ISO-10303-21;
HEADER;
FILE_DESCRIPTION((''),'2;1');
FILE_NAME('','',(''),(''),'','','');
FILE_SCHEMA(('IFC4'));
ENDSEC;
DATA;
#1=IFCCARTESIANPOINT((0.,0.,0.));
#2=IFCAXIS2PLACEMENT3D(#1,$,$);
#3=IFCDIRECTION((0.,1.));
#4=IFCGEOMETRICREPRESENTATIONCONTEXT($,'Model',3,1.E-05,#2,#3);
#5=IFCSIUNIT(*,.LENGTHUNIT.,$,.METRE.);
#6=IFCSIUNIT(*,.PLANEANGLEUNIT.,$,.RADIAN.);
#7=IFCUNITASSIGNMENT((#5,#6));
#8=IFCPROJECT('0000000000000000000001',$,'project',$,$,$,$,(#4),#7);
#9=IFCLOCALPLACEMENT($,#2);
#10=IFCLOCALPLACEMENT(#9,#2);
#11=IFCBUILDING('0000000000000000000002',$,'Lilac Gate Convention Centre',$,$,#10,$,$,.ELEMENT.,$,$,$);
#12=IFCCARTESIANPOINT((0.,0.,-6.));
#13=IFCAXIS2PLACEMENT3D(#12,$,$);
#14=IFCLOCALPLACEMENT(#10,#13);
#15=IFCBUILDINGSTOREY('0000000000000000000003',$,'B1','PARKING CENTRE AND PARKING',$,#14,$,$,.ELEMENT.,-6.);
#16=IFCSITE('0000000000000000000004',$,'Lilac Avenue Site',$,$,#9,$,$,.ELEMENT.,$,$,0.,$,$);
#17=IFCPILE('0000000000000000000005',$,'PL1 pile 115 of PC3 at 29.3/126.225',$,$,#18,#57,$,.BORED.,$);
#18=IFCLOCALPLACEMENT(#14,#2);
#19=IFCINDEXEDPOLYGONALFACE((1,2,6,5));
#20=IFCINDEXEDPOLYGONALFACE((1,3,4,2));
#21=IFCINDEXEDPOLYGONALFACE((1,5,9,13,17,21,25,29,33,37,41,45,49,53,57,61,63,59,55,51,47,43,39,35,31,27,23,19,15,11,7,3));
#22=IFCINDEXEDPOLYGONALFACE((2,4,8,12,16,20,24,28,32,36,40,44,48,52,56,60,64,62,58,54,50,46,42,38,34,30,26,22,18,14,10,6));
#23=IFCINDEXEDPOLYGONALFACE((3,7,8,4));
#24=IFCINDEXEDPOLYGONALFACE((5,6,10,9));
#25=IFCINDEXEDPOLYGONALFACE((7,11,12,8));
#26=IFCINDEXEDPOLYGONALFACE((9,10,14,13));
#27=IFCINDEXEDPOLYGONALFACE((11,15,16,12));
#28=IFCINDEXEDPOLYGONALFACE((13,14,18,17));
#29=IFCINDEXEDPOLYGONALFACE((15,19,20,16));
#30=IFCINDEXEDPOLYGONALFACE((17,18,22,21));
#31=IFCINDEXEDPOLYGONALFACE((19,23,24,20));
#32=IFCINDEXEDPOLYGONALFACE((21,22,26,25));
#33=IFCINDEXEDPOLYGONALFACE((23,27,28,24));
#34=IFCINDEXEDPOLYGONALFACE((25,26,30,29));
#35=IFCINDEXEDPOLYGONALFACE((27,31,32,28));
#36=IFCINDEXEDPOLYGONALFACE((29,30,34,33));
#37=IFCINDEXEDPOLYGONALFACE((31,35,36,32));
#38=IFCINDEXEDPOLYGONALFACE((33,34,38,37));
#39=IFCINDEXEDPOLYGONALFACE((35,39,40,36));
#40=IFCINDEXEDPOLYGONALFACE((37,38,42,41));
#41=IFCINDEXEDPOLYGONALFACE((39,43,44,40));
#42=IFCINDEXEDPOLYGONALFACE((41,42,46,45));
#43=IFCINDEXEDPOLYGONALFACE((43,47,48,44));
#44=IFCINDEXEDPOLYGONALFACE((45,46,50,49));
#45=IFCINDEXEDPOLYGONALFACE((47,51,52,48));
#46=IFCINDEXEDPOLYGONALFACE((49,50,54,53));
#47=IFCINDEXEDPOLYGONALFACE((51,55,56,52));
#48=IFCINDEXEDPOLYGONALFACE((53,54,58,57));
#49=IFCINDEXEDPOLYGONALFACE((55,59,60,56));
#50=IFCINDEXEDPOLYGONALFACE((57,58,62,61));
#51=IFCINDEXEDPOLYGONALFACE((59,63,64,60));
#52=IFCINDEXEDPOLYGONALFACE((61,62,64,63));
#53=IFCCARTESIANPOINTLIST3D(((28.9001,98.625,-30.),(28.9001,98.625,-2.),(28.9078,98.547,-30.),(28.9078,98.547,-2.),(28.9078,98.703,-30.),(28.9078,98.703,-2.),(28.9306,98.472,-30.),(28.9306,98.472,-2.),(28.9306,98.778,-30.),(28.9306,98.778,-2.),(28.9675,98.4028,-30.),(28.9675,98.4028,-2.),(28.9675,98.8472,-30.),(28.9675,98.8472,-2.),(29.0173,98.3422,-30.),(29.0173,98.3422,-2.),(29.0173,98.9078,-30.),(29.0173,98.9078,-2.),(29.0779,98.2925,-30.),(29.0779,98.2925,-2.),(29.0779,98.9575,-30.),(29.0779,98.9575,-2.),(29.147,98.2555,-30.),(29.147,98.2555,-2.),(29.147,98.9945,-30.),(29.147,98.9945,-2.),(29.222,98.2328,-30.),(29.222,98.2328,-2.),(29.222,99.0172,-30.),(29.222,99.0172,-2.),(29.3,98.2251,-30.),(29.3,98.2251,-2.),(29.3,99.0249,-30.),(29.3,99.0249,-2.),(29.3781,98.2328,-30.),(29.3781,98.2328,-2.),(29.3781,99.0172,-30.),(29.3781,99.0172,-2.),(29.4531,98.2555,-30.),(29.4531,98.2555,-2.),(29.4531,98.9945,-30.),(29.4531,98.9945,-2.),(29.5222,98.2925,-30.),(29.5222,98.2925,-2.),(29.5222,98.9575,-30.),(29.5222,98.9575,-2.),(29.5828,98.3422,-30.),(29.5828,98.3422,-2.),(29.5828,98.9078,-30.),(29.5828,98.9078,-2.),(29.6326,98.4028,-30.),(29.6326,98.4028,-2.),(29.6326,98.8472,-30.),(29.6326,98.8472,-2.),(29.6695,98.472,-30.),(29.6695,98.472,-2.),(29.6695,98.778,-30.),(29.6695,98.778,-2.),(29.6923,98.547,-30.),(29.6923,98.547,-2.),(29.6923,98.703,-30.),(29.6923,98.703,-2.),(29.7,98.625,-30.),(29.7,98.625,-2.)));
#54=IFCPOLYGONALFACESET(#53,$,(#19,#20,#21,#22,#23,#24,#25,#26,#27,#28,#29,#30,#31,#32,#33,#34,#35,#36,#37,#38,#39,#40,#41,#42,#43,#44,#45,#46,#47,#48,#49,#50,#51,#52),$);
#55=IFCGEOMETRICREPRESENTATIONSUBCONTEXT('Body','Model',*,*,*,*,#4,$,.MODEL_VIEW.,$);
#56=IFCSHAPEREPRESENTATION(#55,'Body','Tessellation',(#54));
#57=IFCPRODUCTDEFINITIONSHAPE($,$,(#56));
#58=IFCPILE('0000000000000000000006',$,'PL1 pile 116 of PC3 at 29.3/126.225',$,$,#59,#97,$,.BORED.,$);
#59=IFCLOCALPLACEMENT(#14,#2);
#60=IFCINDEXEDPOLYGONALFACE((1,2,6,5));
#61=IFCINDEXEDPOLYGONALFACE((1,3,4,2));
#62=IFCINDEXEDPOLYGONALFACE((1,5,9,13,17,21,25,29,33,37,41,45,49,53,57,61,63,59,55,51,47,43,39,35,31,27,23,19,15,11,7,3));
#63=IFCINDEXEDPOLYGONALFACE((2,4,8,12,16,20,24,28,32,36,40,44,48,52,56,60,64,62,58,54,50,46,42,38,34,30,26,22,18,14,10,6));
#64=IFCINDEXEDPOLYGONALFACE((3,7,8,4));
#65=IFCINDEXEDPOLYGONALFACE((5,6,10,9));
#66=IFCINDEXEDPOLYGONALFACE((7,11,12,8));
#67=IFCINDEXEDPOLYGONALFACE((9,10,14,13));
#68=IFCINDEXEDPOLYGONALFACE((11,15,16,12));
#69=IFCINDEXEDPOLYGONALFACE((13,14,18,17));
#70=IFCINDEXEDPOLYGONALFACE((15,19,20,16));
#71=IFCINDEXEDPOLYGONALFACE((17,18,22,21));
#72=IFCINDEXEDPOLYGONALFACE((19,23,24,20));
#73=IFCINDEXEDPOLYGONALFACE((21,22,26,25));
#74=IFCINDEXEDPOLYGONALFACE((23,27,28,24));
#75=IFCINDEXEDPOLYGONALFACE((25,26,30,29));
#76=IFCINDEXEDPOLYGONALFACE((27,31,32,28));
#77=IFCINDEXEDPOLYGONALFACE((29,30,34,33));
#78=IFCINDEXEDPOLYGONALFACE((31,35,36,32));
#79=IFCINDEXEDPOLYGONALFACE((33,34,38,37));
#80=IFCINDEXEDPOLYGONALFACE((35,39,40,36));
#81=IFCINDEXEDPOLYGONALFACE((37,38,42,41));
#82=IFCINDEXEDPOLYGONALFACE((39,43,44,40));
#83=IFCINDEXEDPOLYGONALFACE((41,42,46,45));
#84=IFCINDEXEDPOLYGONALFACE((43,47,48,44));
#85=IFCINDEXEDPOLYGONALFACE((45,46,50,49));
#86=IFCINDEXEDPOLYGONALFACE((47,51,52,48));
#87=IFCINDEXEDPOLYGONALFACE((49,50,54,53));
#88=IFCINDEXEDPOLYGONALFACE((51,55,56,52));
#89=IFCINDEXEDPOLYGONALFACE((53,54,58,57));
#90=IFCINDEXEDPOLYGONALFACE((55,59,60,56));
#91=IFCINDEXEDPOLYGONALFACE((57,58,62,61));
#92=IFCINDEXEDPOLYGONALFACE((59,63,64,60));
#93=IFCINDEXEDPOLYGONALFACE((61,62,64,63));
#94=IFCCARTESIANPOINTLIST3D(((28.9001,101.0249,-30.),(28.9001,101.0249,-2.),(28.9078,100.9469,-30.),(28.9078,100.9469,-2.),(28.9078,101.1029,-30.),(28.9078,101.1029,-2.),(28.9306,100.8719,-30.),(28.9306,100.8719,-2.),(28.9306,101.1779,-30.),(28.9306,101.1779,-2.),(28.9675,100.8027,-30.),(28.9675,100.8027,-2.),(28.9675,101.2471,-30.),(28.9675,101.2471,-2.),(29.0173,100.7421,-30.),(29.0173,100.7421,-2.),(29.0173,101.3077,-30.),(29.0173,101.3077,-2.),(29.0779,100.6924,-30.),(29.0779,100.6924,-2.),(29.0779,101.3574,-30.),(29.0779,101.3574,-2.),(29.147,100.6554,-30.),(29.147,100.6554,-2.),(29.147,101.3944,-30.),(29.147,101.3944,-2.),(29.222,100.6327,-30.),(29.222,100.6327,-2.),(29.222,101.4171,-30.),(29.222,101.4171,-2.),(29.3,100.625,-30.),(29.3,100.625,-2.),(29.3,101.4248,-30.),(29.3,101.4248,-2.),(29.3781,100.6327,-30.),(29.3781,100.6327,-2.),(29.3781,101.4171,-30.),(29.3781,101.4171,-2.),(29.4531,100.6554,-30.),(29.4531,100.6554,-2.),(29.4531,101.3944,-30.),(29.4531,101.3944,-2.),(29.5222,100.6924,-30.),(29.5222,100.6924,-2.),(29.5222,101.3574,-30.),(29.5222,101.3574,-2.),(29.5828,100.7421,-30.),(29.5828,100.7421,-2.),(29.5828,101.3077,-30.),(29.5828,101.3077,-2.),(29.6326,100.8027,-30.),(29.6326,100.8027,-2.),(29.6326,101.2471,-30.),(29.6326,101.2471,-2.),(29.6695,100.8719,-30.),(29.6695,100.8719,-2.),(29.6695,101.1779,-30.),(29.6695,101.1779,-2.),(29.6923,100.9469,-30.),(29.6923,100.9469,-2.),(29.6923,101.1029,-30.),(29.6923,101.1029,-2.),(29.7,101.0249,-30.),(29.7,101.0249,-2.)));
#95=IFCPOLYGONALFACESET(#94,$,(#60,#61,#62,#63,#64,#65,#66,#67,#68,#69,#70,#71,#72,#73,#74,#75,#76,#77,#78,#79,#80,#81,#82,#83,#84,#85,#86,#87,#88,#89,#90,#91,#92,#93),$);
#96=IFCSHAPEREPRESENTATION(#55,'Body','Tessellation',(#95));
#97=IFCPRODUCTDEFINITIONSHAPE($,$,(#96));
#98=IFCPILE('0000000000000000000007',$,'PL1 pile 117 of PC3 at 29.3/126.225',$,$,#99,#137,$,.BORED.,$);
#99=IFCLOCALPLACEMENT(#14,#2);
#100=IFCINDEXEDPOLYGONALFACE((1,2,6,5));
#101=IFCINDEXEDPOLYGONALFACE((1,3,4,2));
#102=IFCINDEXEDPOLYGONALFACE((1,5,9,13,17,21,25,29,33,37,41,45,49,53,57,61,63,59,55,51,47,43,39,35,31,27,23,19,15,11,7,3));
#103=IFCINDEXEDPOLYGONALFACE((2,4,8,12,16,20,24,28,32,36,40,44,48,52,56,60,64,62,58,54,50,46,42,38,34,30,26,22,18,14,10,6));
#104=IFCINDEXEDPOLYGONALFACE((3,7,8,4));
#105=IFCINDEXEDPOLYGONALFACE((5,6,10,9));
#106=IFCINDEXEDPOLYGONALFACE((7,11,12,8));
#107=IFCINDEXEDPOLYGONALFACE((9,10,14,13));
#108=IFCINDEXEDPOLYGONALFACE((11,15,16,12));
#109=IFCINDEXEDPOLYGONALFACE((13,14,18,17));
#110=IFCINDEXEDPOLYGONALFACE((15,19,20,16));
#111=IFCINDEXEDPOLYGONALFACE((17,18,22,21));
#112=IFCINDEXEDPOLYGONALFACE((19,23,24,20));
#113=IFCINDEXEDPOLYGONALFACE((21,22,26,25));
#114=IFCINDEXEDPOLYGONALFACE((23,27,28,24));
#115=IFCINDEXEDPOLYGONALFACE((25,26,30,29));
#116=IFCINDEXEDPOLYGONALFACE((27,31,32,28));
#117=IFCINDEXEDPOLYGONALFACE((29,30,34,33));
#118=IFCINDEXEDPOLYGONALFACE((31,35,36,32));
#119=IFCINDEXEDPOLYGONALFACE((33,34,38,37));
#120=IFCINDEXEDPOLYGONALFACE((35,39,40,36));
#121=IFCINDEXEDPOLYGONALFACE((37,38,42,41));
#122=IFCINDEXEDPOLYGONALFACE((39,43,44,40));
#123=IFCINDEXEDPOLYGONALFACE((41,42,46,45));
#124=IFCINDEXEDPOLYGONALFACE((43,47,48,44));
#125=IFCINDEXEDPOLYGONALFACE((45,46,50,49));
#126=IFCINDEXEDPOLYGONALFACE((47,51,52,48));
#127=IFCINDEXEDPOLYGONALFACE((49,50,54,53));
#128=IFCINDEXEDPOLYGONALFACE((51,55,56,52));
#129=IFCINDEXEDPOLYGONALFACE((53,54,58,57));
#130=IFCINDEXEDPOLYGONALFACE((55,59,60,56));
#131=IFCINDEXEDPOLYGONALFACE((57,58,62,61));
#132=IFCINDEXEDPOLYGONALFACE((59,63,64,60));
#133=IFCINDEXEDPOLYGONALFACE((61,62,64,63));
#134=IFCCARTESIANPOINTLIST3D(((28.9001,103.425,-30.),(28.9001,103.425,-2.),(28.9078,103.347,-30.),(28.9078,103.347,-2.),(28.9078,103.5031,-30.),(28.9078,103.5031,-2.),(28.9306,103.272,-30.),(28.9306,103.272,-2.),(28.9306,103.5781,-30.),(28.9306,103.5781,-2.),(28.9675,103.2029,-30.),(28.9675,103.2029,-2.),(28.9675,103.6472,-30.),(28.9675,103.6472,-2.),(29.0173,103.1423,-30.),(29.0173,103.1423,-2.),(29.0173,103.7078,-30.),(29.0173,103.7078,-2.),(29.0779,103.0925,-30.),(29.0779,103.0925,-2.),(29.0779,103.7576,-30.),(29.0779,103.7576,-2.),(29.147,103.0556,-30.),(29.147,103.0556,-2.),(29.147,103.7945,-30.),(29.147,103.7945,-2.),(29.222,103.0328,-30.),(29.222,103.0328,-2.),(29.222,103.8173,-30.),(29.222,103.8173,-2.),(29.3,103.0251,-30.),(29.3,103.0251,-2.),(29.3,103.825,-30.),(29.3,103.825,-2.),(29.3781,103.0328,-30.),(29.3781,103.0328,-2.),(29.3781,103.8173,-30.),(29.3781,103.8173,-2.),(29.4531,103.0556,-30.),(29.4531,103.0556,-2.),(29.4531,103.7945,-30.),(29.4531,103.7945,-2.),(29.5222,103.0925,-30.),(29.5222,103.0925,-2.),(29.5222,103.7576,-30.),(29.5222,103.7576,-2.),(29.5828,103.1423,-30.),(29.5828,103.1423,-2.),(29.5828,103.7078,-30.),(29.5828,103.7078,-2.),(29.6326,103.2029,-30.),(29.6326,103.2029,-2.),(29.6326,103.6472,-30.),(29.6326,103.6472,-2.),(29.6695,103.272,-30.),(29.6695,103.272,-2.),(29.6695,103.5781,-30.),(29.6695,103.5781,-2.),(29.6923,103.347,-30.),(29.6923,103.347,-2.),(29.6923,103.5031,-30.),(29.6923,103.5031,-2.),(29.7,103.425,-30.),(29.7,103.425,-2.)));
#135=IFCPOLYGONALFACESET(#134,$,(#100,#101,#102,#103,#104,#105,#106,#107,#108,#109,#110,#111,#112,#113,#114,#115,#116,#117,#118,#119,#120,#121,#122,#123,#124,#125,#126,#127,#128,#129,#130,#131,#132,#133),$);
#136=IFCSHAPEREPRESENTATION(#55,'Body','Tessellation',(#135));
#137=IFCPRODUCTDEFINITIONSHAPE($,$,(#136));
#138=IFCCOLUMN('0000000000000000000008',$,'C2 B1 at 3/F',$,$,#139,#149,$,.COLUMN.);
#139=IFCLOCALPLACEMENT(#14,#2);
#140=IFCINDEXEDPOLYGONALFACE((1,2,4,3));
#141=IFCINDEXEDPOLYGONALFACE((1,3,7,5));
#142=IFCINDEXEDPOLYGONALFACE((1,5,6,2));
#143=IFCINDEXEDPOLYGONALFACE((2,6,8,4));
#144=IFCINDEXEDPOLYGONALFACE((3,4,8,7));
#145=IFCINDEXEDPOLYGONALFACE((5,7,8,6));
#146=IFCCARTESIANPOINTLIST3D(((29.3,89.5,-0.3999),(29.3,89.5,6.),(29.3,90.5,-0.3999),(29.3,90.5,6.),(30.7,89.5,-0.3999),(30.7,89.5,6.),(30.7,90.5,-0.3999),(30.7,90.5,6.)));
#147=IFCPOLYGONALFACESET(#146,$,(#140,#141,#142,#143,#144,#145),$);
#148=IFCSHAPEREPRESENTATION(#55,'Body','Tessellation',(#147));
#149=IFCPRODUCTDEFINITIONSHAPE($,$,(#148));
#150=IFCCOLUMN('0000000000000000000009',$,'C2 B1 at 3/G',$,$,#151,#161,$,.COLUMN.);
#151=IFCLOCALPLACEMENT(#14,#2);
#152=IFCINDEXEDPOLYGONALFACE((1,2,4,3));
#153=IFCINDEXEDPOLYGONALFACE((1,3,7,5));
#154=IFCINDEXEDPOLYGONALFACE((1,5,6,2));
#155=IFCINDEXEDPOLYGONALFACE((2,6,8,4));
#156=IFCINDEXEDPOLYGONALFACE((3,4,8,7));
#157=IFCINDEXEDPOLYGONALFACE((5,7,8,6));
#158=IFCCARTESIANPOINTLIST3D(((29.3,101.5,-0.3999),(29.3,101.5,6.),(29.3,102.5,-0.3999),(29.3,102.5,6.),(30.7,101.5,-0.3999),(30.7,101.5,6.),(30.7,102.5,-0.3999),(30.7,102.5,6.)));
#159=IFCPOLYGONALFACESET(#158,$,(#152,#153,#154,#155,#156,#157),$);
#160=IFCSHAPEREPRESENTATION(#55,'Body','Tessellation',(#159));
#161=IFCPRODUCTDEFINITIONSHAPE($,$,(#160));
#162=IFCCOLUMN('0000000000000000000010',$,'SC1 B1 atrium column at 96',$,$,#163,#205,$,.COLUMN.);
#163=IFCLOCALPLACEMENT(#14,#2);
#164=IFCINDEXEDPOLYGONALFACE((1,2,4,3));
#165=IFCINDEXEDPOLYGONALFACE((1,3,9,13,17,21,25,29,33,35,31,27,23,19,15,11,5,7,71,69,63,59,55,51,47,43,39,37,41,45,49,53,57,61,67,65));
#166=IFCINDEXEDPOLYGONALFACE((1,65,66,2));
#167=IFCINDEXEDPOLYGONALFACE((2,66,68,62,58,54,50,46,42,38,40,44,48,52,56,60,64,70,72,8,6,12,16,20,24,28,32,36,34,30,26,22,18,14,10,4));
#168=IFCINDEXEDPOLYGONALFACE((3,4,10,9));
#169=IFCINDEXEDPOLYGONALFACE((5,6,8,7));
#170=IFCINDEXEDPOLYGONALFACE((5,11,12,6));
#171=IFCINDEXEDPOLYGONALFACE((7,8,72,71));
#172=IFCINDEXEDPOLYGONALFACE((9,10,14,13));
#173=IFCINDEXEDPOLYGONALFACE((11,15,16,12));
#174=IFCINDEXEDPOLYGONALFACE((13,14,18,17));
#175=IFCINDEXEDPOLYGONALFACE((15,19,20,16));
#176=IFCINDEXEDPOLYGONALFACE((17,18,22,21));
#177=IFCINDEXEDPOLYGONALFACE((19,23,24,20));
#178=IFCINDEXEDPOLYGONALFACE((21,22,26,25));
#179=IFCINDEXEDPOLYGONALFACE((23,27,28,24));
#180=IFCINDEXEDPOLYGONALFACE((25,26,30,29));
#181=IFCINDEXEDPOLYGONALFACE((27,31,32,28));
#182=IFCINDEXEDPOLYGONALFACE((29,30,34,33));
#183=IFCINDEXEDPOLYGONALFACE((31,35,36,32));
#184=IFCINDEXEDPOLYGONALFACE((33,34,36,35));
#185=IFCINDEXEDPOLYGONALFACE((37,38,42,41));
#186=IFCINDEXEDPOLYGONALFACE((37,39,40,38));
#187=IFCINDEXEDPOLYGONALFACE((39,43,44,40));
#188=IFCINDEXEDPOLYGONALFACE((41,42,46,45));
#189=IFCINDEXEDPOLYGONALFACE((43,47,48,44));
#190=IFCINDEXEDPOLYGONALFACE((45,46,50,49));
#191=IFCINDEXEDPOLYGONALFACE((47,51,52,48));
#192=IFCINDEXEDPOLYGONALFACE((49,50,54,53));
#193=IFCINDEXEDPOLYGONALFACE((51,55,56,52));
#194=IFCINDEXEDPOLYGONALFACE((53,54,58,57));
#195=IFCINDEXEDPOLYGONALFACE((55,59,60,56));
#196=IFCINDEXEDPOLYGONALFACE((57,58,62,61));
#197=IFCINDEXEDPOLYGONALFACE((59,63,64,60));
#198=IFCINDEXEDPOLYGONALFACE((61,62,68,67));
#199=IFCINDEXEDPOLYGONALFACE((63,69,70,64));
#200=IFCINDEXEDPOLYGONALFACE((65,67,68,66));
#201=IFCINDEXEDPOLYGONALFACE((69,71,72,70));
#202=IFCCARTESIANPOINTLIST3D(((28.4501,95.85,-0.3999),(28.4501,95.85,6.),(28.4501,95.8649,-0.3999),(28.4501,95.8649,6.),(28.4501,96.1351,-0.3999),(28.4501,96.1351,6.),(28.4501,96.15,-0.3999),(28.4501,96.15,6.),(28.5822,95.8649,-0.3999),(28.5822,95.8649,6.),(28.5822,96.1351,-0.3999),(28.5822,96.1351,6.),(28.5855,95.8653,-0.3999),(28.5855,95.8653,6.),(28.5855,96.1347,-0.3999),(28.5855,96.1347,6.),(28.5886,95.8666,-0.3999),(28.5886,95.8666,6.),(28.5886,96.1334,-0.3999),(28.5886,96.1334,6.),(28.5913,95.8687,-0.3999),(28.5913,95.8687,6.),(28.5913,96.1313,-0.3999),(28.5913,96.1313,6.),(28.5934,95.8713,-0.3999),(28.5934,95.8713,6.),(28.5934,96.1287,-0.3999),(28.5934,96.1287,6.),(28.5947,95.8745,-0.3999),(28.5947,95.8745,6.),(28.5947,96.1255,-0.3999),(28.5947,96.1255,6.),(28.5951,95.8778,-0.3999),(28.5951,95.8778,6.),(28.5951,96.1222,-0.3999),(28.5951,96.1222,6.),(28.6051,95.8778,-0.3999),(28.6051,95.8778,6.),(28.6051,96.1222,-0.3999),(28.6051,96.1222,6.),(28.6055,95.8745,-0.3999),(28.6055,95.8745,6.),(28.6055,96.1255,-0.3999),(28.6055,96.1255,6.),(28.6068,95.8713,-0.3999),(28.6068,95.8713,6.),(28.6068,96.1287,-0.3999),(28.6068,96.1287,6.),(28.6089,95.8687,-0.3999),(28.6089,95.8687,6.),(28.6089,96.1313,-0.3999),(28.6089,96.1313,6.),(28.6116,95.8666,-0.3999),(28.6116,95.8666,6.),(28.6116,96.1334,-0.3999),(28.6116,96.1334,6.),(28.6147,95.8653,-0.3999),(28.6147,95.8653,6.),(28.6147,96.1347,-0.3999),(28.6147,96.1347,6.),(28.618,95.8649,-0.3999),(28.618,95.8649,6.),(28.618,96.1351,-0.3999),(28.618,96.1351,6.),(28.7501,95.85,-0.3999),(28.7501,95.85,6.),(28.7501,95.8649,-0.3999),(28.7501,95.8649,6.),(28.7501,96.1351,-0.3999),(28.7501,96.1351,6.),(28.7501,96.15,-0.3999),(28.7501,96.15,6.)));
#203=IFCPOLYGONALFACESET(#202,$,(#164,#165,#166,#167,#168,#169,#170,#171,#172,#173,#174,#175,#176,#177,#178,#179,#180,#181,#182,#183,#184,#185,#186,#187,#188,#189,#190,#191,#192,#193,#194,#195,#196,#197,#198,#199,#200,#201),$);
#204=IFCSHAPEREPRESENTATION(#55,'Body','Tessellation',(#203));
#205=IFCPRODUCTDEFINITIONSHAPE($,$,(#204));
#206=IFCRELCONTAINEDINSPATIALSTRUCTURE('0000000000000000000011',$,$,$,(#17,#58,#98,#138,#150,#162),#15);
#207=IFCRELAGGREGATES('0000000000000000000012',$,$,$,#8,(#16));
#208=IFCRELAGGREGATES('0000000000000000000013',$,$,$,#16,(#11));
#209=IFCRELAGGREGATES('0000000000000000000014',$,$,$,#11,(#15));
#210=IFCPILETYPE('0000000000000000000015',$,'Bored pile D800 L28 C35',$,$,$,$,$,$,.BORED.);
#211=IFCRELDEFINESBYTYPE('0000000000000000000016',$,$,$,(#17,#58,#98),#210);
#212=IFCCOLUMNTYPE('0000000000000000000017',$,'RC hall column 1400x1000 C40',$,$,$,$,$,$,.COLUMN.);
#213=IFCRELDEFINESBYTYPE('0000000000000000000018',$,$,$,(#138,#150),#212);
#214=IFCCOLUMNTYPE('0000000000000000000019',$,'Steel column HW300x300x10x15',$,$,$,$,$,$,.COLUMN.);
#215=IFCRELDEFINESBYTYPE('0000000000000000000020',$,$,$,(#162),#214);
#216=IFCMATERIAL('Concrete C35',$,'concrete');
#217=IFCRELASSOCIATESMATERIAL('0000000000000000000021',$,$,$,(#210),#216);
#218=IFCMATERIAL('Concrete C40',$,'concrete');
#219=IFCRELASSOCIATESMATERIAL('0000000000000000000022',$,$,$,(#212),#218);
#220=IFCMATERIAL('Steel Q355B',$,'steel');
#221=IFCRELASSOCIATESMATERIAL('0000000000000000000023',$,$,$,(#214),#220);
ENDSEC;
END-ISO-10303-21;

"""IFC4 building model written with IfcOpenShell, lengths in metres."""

from ifc_helpers import new_model, si_unit, direction, frame, origin, origin_2d, place, context, subcontext, project, spatial, rectangle, circle, i_section, extrude, material, material_profile, profile_set, type_object, element, save


model = new_model("IFC4")

# Units and contexts
model_context = context("Model", 3, precision=1e-05, world=origin(), true_north=direction((0.0, 1.0)))
body_context = subcontext(model_context, "Body", "Model", "MODEL_VIEW")
ifc_project = project(units=[si_unit("LENGTHUNIT", "METRE"), si_unit("PLANEANGLEUNIT", "RADIAN")], contexts=[model_context])

# Site, building, storey
site_placement = place(None, origin())
site = spatial("IfcSite", under=ifc_project, at=site_placement, Name="Lilac Avenue Site", CompositionType="ELEMENT", RefElevation=0.0)
building_placement = place(site_placement, origin())
building = spatial("IfcBuilding", under=site, at=building_placement, Name="Lilac Gate Convention Centre", CompositionType="ELEMENT")
storey_placement = place(building_placement, frame((0.0, 0.0, -6.0)))
storey = spatial("IfcBuildingStorey", under=building, at=storey_placement, Name="B1", Description="PARKING CENTRE AND PARKING", CompositionType="ELEMENT", Elevation=-6.0)

# Piles
ifc_material_1 = material(Name="Concrete C35", Category="concrete")
ifc_material_profile_1 = material_profile(ifc_material_1, circle(Radius=0.3999, at=origin_2d()), Name="D800")
ifc_profile_set_1 = profile_set([ifc_material_profile_1], Name="Concrete C35")
pile_type = type_object("IfcPileType", Name="Bored pile D800 L28 C35", PredefinedType="BORED", material=ifc_profile_set_1)
for number, where, z_axis, x_axis, name in (
    (1, (29.3, 98.625, -2.0), (0.0, 0.0, -1.0), (1.0, 0.0, 0.0), "PL1 pile 115 of PC3 at 29.3/126.225"),
    (2, (29.3, 101.0249, -2.0), (0.0, 0.0, -1.0), (1.0, 0.0, 0.0), "PL1 pile 116 of PC3 at 29.3/126.225"),
    (3, (29.3, 103.425, -2.0), (0.0, 0.0, -1.0), (1.0, 0.0, 0.0), "PL1 pile 117 of PC3 at 29.3/126.225"),
):
    element("IfcPile", number, at=place(storey_placement, frame(where, z_axis=z_axis, x_axis=x_axis)), inside=storey, type_object=pile_type, Name=name, PredefinedType="BORED", context=body_context, shape_type="SweptSolid", body=[
        extrude(circle(Radius=0.3999, at=origin_2d()), origin(), (0.0, 0.0, 1.0), 28.0),
    ])

# Columns
ifc_material_2 = material(Name="Concrete C40", Category="concrete")
ifc_material_profile_2 = material_profile(ifc_material_2, rectangle(XDim=1.3999, YDim=1.0, at=origin_2d()), Name="RC 1400x1000")
ifc_profile_set_2 = profile_set([ifc_material_profile_2], Name="Concrete C40")
column_type_1 = type_object("IfcColumnType", Name="RC hall column 1400x1000 C40", PredefinedType="COLUMN", material=ifc_profile_set_2)
for number, where, z_axis, x_axis, name in (
    (4, (30.0, 90.0, -0.3999), (0.0, 0.0, 1.0), (1.0, 0.0, 0.0), "C2 B1 at 3/F"),
    (5, (30.0, 102.0, -0.3999), (0.0, 0.0, 1.0), (1.0, 0.0, 0.0), "C2 B1 at 3/G"),
):
    element("IfcColumn", number, at=place(storey_placement, frame(where, z_axis=z_axis, x_axis=x_axis)), inside=storey, type_object=column_type_1, Name=name, PredefinedType="COLUMN", context=body_context, shape_type="SweptSolid", body=[
        extrude(rectangle(XDim=1.3999, YDim=1.0, at=origin_2d()), origin(), (0.0, 0.0, 1.0), 6.3999),
    ])
ifc_material_3 = material(Name="Steel Q355B", Category="steel")
ifc_material_profile_3 = material_profile(ifc_material_3, i_section(OverallWidth=0.3, OverallDepth=0.3, WebThickness=0.01, FlangeThickness=0.0149, FilletRadius=0.0129, at=origin_2d()), Name="HW300x300x10x15")
ifc_profile_set_3 = profile_set([ifc_material_profile_3], Name="Steel Q355B")
column_type_2 = type_object("IfcColumnType", Name="Steel column HW300x300x10x15", PredefinedType="COLUMN", material=ifc_profile_set_3)
column_placement = place(storey_placement, frame((28.6001, 96.0, -0.3999), z_axis=(0.0, 0.0, 1.0), x_axis=(1.0, 0.0, 0.0)))
element("IfcColumn", 6, at=column_placement, inside=storey, type_object=column_type_2, Name="SC1 B1 atrium column at 96", PredefinedType="COLUMN", context=body_context, shape_type="SweptSolid", body=[
    extrude(i_section(OverallWidth=0.3, OverallDepth=0.3, WebThickness=0.01, FlangeThickness=0.0149, FilletRadius=0.0129, at=origin_2d()), origin(), (0.0, 0.0, 1.0), 6.3999),
])

save(model, "model.ifc")
